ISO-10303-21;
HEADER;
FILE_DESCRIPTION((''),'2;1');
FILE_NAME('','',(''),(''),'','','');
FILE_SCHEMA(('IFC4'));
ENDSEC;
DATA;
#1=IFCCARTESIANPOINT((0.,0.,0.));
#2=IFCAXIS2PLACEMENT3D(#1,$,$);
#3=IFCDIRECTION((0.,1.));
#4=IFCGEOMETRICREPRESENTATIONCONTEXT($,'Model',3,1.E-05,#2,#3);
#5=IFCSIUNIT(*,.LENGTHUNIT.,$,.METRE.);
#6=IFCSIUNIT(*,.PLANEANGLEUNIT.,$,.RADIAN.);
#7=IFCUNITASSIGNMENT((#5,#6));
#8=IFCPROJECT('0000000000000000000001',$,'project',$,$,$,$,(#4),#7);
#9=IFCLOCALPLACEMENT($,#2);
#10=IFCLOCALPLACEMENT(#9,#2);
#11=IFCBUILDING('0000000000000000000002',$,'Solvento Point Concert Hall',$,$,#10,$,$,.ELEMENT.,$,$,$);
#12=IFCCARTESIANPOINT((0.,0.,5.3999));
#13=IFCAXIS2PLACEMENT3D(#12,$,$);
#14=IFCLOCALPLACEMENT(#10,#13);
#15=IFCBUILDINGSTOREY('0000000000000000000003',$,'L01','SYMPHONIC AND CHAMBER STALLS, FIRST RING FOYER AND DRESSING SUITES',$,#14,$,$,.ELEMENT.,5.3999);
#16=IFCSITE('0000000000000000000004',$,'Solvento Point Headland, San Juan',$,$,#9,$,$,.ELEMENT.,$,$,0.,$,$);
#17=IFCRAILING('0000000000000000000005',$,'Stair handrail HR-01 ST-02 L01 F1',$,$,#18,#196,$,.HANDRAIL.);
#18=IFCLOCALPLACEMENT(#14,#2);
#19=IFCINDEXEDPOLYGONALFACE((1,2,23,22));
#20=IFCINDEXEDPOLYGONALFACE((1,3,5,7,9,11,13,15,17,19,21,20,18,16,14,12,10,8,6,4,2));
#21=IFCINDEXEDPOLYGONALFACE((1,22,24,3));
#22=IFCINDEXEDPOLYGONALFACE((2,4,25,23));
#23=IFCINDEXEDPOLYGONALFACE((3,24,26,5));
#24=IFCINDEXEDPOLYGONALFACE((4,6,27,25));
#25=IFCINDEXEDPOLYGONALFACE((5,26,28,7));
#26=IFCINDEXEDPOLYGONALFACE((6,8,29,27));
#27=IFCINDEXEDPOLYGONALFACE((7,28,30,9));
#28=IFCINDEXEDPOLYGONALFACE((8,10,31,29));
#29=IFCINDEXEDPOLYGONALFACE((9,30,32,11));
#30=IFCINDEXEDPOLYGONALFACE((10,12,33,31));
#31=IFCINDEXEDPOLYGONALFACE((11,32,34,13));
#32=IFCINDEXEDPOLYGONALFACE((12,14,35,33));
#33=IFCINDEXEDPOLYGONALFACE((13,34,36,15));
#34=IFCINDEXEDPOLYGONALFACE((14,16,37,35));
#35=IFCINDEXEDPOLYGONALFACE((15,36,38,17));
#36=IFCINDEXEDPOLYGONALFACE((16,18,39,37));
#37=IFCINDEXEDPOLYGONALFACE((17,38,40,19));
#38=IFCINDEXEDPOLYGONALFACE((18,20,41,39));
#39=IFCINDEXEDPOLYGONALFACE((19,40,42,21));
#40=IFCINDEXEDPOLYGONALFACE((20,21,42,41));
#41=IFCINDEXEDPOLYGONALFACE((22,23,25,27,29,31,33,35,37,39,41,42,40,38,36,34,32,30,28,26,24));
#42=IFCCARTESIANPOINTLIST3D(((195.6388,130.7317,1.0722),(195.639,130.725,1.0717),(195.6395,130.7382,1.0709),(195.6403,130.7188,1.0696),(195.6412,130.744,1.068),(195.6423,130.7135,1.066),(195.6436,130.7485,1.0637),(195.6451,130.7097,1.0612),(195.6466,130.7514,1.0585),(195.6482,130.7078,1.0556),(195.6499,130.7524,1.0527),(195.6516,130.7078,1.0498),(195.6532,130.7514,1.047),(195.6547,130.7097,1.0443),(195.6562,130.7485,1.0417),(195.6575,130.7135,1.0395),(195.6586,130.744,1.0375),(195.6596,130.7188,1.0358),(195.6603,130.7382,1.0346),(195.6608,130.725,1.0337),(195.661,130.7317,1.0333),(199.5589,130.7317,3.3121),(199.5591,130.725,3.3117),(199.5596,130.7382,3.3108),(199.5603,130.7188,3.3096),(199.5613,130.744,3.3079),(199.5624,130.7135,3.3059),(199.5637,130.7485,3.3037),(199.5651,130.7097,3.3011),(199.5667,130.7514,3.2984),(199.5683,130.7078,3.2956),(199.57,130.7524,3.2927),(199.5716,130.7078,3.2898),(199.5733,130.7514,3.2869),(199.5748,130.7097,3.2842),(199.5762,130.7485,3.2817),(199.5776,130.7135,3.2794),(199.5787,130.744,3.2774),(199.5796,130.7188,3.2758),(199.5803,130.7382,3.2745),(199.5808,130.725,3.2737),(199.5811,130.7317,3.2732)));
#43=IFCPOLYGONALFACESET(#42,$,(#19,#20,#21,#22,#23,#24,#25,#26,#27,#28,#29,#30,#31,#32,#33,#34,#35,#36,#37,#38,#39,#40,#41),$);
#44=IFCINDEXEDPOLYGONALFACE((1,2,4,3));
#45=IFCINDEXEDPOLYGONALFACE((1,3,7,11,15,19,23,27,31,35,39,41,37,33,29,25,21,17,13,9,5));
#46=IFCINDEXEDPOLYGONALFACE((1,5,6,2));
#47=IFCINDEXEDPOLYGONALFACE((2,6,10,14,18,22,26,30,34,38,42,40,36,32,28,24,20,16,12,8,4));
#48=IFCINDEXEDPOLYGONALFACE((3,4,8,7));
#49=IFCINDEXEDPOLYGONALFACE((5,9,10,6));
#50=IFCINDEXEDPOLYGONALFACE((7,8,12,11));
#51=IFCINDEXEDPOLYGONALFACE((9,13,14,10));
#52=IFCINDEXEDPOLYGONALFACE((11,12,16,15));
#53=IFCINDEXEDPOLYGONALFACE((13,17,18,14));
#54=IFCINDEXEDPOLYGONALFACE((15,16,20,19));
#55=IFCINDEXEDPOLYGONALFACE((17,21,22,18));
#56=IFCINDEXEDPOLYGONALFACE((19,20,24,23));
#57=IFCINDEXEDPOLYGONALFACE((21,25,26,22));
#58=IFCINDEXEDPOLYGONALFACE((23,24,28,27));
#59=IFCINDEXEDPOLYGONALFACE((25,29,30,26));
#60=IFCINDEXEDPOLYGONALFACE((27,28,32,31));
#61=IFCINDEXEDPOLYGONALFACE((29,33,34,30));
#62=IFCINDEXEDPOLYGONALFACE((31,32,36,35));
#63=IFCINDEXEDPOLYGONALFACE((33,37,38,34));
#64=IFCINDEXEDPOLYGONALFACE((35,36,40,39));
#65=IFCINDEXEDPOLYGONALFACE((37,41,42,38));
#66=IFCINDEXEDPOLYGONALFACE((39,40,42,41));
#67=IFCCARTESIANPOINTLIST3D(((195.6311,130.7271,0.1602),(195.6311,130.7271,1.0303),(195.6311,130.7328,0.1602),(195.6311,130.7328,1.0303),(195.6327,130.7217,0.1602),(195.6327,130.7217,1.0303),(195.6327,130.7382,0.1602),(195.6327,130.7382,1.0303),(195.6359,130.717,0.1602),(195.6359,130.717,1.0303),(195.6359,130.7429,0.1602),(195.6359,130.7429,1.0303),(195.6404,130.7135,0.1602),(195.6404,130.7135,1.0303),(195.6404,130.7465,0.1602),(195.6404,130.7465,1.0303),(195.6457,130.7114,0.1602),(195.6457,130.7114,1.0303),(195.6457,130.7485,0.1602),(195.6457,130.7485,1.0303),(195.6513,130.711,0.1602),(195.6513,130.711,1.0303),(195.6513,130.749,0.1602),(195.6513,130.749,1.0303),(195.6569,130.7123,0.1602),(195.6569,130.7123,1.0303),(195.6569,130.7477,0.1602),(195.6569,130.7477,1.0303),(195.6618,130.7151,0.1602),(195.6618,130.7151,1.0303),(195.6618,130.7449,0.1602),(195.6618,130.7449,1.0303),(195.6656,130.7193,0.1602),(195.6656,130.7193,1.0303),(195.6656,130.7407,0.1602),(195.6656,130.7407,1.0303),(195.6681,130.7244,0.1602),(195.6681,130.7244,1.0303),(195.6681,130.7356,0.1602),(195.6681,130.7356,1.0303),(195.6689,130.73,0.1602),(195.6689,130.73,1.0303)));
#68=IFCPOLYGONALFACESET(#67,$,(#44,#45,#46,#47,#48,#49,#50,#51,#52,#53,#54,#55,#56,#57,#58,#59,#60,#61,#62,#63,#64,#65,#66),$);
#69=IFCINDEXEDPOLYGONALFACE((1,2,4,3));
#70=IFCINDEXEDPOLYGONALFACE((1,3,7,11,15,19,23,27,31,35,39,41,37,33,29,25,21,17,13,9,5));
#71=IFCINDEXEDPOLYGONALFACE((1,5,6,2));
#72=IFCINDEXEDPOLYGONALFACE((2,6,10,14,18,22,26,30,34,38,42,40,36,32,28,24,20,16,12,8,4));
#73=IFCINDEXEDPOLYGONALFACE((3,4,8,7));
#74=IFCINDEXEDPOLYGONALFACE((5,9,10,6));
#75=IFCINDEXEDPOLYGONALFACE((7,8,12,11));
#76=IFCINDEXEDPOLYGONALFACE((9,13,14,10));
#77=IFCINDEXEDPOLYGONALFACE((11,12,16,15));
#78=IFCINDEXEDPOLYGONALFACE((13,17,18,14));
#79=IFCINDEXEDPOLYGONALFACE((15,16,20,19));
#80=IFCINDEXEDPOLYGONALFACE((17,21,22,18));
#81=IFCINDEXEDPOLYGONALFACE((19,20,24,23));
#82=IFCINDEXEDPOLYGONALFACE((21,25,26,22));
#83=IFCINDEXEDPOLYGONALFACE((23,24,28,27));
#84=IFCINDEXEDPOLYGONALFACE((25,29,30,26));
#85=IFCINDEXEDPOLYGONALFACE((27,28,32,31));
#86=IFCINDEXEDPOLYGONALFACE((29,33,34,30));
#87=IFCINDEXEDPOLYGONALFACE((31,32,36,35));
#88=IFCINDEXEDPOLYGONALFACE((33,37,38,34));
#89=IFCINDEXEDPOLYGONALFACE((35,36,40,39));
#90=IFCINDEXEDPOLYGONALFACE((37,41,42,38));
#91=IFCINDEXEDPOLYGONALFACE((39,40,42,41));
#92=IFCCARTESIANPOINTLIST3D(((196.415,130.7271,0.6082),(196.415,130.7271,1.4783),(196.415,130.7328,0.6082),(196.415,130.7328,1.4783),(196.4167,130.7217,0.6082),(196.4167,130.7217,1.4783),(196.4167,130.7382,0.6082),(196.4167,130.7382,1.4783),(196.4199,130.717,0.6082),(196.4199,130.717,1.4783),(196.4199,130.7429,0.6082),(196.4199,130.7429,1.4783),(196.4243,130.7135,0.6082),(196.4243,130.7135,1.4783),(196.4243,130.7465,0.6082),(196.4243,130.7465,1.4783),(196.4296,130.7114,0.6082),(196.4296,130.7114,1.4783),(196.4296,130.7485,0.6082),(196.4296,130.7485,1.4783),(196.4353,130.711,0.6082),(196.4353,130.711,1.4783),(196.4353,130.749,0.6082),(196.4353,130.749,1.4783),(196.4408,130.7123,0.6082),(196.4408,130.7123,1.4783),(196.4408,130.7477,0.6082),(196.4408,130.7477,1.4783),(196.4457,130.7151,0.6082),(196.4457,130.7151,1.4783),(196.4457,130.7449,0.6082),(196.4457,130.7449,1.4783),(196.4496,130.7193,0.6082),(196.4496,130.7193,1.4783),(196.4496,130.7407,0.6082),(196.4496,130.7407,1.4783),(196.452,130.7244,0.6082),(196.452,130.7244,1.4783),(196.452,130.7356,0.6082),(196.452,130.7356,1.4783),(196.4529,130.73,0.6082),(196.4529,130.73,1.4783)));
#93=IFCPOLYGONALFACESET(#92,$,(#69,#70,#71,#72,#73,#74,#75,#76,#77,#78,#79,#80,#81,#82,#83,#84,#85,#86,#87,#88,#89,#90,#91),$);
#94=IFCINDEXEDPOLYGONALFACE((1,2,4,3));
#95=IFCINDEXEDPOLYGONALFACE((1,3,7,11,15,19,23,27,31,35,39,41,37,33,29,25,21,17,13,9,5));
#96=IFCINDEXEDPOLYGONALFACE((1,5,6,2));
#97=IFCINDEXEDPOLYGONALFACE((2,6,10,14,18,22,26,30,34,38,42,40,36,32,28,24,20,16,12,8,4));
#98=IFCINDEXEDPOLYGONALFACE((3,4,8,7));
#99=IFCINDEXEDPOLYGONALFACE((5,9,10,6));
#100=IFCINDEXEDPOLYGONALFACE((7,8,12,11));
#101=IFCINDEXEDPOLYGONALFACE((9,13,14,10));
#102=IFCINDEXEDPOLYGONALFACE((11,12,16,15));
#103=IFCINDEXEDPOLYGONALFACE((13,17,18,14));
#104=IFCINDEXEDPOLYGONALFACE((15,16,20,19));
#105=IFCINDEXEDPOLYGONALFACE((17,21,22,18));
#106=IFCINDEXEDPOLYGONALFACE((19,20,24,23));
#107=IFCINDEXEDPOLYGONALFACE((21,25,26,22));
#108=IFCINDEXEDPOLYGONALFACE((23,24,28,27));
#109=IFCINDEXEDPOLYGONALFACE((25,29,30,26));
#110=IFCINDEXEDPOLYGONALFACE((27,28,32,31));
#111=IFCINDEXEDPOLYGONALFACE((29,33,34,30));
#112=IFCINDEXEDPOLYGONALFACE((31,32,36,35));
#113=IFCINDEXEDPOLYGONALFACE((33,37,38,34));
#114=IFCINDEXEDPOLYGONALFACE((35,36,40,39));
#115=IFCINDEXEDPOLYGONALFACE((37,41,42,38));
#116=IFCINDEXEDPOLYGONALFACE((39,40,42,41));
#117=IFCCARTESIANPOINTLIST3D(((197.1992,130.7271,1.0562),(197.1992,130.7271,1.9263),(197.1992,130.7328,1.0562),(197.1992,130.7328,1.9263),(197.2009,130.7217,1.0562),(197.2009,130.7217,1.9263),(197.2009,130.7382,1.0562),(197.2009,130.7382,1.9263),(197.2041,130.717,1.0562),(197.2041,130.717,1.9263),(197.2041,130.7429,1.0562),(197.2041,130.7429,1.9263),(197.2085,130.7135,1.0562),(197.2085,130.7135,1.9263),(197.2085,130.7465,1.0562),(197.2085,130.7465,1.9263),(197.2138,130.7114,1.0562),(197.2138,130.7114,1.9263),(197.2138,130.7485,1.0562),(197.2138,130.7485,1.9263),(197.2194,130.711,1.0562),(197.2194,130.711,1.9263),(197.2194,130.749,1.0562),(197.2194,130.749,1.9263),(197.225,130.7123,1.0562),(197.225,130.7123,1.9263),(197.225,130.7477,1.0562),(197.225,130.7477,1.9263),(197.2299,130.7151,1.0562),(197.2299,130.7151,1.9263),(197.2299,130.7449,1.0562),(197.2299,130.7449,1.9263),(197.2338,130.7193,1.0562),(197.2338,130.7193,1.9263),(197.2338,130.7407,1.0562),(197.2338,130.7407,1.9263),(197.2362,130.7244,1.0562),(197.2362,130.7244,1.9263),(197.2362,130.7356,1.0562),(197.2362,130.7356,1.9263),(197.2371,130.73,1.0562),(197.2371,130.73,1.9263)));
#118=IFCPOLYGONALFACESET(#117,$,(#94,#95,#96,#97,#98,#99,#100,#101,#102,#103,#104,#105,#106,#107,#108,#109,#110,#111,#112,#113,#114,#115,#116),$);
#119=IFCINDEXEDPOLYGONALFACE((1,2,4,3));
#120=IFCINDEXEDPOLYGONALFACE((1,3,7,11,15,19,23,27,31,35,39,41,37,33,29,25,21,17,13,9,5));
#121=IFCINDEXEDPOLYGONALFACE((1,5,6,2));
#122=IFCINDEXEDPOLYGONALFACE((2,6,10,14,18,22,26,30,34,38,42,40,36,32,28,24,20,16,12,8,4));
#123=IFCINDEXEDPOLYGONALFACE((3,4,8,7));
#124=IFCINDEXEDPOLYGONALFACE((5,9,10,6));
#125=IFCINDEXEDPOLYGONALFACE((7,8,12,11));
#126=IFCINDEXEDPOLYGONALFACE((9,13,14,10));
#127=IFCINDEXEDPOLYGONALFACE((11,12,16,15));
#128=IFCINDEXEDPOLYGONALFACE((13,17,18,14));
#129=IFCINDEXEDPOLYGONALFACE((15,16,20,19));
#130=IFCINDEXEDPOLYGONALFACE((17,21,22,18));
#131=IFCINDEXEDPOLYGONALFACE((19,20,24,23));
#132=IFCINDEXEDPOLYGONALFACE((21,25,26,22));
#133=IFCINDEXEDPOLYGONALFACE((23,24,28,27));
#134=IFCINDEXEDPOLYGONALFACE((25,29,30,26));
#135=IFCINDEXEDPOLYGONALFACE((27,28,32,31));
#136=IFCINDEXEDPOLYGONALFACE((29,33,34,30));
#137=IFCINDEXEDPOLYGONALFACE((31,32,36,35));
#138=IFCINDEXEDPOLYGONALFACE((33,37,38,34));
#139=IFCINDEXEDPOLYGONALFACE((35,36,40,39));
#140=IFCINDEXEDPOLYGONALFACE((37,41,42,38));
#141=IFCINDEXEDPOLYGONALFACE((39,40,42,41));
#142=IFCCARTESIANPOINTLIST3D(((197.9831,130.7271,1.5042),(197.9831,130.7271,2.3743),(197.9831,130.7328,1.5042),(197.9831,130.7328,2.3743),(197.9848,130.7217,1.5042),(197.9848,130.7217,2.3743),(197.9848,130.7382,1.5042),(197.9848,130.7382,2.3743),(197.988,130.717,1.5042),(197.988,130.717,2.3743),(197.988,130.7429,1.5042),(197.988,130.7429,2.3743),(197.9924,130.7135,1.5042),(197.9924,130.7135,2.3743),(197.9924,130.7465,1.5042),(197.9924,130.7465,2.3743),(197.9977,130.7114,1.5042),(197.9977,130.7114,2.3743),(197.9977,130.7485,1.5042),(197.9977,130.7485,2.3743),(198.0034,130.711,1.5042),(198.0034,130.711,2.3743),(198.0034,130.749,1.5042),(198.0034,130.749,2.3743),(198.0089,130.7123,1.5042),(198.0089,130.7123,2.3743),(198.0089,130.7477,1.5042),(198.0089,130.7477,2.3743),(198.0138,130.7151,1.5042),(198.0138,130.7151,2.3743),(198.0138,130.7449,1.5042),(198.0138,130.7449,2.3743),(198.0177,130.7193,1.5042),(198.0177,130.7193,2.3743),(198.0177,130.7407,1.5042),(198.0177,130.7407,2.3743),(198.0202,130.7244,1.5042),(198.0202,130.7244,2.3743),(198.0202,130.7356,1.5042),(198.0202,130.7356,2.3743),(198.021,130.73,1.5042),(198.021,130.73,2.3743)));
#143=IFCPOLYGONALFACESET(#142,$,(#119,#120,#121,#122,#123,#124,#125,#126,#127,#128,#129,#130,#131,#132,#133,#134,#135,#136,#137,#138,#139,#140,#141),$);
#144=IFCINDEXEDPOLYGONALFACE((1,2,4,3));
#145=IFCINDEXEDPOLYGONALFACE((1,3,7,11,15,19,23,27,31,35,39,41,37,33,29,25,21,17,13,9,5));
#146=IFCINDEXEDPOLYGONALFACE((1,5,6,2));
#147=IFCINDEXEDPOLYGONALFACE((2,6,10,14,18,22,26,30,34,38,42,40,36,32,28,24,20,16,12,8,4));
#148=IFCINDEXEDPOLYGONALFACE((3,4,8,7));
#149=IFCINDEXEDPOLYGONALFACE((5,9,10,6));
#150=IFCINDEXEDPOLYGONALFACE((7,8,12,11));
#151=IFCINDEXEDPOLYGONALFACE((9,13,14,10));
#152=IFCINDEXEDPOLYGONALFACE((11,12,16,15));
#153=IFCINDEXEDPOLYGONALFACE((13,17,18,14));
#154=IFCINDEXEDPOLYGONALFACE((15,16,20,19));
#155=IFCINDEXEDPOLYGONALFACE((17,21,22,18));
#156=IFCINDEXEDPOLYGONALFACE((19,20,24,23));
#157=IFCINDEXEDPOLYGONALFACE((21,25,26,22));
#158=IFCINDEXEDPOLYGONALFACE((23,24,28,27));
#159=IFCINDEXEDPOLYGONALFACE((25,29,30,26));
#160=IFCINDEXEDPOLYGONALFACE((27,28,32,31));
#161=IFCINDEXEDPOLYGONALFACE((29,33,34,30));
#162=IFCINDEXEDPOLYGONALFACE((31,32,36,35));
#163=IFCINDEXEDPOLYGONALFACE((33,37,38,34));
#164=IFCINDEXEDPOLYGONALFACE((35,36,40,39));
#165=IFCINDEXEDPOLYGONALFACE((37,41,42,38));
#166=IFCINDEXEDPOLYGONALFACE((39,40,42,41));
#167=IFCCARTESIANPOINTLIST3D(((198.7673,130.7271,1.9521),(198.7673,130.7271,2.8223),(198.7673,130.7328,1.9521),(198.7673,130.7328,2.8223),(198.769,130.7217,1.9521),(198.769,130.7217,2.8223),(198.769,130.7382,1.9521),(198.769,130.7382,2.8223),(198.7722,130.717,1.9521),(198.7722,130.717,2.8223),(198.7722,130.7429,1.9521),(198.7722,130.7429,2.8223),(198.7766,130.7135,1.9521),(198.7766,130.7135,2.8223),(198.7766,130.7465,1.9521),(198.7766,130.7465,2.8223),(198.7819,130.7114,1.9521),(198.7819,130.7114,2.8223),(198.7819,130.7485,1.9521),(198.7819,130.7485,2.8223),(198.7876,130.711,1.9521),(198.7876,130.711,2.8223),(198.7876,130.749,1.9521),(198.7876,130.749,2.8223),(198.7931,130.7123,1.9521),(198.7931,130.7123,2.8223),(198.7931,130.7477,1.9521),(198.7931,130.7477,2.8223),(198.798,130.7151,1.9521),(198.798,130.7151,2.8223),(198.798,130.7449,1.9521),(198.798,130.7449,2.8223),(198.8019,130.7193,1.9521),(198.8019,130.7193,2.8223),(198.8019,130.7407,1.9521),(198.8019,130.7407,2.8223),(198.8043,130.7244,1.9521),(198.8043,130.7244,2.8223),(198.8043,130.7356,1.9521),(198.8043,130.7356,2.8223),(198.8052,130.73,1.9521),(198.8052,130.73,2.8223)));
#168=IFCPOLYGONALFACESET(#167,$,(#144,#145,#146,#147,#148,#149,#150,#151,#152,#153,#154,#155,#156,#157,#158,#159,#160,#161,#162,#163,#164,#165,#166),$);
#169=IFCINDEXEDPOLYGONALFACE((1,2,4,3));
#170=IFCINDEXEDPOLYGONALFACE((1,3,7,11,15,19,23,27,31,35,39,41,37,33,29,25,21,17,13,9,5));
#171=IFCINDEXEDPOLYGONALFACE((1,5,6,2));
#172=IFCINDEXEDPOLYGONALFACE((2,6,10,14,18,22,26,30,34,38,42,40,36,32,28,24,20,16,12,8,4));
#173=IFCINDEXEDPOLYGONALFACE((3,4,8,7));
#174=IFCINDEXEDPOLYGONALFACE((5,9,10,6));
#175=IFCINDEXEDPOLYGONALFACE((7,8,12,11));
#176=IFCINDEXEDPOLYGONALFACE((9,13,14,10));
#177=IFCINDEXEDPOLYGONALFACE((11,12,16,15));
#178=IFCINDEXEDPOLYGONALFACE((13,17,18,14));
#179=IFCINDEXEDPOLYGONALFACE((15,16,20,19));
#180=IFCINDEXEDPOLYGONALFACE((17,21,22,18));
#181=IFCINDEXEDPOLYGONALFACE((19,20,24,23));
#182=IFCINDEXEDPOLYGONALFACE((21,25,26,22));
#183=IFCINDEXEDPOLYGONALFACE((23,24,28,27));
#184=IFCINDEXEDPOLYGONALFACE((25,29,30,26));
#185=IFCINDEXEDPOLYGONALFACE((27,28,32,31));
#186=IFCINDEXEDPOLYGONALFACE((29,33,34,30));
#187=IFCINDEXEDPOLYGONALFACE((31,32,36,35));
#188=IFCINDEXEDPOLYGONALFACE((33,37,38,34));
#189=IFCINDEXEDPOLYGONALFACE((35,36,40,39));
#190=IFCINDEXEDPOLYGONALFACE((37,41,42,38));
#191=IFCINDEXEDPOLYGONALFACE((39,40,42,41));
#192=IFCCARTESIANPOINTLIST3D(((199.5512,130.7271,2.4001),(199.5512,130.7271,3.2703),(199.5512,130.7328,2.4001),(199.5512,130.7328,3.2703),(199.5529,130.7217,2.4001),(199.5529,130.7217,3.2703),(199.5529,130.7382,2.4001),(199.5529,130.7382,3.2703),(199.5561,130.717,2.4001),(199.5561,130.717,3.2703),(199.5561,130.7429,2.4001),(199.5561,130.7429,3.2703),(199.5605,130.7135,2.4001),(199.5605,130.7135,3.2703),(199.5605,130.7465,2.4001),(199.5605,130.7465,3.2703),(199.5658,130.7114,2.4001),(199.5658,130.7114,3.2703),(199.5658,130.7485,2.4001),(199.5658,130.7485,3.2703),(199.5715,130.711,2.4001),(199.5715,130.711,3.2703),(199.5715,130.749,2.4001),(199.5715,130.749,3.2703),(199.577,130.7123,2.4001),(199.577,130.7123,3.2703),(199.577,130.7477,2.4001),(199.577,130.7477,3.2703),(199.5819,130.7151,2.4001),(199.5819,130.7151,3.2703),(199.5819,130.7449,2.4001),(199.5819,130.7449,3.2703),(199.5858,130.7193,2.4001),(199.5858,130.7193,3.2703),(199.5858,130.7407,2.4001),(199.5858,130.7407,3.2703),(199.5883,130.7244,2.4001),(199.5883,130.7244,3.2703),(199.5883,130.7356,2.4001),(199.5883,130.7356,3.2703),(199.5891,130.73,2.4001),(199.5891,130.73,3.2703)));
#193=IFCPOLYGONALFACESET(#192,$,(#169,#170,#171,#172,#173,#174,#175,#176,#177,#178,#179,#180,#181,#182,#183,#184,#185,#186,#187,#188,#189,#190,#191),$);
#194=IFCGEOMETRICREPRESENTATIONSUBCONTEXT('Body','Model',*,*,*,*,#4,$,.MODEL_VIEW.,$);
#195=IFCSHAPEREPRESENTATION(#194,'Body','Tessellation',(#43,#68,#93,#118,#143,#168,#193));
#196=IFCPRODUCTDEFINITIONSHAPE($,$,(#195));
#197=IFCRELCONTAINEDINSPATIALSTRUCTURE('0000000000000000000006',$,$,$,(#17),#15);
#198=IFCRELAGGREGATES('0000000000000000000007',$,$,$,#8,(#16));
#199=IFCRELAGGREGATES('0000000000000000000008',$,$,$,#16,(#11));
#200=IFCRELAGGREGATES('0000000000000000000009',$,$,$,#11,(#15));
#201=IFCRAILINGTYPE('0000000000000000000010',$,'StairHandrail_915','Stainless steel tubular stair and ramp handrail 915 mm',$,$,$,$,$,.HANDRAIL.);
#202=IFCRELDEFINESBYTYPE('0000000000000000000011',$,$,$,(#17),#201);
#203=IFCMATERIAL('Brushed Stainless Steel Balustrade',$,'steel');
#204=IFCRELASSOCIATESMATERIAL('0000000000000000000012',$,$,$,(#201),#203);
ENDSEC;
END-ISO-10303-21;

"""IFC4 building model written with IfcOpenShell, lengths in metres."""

from ifc_helpers import new_model, si_unit, direction, frame, origin, origin_2d, place, context, subcontext, project, spatial, circle, extrude, material, type_object, element, save


model = new_model("IFC4")

# Units and contexts
model_context = context("Model", 3, precision=1e-05, world=origin(), true_north=direction((0.0, 1.0)))
body_context = subcontext(model_context, "Body", "Model", "MODEL_VIEW")
ifc_project = project(units=[si_unit("LENGTHUNIT", "METRE"), si_unit("PLANEANGLEUNIT", "RADIAN")], contexts=[model_context])

# Site, building, storey
site_placement = place(None, origin())
site = spatial("IfcSite", under=ifc_project, at=site_placement, Name="Solvento Point Headland, San Juan", CompositionType="ELEMENT", RefElevation=0.0)
building_placement = place(site_placement, origin())
building = spatial("IfcBuilding", under=site, at=building_placement, Name="Solvento Point Concert Hall", CompositionType="ELEMENT")
storey_placement = place(building_placement, frame((0.0, 0.0, 5.3999)))
storey = spatial("IfcBuildingStorey", under=building, at=storey_placement, Name="L01", Description="SYMPHONIC AND CHAMBER STALLS, FIRST RING FOYER AND DRESSING SUITES", CompositionType="ELEMENT", Elevation=5.3999)

# Railing
ifc_material_1 = material(Name="Brushed Stainless Steel Balustrade", Category="steel")
railing_type_1 = type_object("IfcRailingType", Name="StairHandrail_915", Description="Stainless steel tubular stair and ramp handrail 915 mm", PredefinedType="HANDRAIL", material=ifc_material_1)
railing_1_placement = place(storey_placement, frame((195.6499, 130.73, 0.1602)))
element("IfcRailing", 1, at=railing_1_placement, inside=storey, type_object=railing_type_1, Name="Stair handrail HR-01 ST-02 L01 F1", PredefinedType="HANDRAIL", context=body_context, shape_type="SweptSolid", body=[
    extrude(circle(Radius=0.0225, at=origin_2d()), frame((0.0, 0.0, 0.8926), z_axis=(0.868253, 0.0, 0.496121), x_axis=(0.0, 1.0, 0.0)), (0.0, 0.0, 1.0), 4.5149),
    extrude(circle(Radius=0.019, at=origin_2d()), origin(), (0.0, 0.0, 1.0), 0.8701),
    extrude(circle(Radius=0.019, at=origin_2d()), frame((0.7839, 0.0, 0.448)), (0.0, 0.0, 1.0), 0.8701),
    extrude(circle(Radius=0.019, at=origin_2d()), frame((1.5681, 0.0, 0.896)), (0.0, 0.0, 1.0), 0.8701),
    extrude(circle(Radius=0.019, at=origin_2d()), frame((2.3521, 0.0, 1.344)), (0.0, 0.0, 1.0), 0.8701),
    extrude(circle(Radius=0.019, at=origin_2d()), frame((3.1362, 0.0, 1.792)), (0.0, 0.0, 1.0), 0.8701),
    extrude(circle(Radius=0.019, at=origin_2d()), frame((3.9202, 0.0, 2.24)), (0.0, 0.0, 1.0), 0.8701),
])

save(model, "model.ifc")
